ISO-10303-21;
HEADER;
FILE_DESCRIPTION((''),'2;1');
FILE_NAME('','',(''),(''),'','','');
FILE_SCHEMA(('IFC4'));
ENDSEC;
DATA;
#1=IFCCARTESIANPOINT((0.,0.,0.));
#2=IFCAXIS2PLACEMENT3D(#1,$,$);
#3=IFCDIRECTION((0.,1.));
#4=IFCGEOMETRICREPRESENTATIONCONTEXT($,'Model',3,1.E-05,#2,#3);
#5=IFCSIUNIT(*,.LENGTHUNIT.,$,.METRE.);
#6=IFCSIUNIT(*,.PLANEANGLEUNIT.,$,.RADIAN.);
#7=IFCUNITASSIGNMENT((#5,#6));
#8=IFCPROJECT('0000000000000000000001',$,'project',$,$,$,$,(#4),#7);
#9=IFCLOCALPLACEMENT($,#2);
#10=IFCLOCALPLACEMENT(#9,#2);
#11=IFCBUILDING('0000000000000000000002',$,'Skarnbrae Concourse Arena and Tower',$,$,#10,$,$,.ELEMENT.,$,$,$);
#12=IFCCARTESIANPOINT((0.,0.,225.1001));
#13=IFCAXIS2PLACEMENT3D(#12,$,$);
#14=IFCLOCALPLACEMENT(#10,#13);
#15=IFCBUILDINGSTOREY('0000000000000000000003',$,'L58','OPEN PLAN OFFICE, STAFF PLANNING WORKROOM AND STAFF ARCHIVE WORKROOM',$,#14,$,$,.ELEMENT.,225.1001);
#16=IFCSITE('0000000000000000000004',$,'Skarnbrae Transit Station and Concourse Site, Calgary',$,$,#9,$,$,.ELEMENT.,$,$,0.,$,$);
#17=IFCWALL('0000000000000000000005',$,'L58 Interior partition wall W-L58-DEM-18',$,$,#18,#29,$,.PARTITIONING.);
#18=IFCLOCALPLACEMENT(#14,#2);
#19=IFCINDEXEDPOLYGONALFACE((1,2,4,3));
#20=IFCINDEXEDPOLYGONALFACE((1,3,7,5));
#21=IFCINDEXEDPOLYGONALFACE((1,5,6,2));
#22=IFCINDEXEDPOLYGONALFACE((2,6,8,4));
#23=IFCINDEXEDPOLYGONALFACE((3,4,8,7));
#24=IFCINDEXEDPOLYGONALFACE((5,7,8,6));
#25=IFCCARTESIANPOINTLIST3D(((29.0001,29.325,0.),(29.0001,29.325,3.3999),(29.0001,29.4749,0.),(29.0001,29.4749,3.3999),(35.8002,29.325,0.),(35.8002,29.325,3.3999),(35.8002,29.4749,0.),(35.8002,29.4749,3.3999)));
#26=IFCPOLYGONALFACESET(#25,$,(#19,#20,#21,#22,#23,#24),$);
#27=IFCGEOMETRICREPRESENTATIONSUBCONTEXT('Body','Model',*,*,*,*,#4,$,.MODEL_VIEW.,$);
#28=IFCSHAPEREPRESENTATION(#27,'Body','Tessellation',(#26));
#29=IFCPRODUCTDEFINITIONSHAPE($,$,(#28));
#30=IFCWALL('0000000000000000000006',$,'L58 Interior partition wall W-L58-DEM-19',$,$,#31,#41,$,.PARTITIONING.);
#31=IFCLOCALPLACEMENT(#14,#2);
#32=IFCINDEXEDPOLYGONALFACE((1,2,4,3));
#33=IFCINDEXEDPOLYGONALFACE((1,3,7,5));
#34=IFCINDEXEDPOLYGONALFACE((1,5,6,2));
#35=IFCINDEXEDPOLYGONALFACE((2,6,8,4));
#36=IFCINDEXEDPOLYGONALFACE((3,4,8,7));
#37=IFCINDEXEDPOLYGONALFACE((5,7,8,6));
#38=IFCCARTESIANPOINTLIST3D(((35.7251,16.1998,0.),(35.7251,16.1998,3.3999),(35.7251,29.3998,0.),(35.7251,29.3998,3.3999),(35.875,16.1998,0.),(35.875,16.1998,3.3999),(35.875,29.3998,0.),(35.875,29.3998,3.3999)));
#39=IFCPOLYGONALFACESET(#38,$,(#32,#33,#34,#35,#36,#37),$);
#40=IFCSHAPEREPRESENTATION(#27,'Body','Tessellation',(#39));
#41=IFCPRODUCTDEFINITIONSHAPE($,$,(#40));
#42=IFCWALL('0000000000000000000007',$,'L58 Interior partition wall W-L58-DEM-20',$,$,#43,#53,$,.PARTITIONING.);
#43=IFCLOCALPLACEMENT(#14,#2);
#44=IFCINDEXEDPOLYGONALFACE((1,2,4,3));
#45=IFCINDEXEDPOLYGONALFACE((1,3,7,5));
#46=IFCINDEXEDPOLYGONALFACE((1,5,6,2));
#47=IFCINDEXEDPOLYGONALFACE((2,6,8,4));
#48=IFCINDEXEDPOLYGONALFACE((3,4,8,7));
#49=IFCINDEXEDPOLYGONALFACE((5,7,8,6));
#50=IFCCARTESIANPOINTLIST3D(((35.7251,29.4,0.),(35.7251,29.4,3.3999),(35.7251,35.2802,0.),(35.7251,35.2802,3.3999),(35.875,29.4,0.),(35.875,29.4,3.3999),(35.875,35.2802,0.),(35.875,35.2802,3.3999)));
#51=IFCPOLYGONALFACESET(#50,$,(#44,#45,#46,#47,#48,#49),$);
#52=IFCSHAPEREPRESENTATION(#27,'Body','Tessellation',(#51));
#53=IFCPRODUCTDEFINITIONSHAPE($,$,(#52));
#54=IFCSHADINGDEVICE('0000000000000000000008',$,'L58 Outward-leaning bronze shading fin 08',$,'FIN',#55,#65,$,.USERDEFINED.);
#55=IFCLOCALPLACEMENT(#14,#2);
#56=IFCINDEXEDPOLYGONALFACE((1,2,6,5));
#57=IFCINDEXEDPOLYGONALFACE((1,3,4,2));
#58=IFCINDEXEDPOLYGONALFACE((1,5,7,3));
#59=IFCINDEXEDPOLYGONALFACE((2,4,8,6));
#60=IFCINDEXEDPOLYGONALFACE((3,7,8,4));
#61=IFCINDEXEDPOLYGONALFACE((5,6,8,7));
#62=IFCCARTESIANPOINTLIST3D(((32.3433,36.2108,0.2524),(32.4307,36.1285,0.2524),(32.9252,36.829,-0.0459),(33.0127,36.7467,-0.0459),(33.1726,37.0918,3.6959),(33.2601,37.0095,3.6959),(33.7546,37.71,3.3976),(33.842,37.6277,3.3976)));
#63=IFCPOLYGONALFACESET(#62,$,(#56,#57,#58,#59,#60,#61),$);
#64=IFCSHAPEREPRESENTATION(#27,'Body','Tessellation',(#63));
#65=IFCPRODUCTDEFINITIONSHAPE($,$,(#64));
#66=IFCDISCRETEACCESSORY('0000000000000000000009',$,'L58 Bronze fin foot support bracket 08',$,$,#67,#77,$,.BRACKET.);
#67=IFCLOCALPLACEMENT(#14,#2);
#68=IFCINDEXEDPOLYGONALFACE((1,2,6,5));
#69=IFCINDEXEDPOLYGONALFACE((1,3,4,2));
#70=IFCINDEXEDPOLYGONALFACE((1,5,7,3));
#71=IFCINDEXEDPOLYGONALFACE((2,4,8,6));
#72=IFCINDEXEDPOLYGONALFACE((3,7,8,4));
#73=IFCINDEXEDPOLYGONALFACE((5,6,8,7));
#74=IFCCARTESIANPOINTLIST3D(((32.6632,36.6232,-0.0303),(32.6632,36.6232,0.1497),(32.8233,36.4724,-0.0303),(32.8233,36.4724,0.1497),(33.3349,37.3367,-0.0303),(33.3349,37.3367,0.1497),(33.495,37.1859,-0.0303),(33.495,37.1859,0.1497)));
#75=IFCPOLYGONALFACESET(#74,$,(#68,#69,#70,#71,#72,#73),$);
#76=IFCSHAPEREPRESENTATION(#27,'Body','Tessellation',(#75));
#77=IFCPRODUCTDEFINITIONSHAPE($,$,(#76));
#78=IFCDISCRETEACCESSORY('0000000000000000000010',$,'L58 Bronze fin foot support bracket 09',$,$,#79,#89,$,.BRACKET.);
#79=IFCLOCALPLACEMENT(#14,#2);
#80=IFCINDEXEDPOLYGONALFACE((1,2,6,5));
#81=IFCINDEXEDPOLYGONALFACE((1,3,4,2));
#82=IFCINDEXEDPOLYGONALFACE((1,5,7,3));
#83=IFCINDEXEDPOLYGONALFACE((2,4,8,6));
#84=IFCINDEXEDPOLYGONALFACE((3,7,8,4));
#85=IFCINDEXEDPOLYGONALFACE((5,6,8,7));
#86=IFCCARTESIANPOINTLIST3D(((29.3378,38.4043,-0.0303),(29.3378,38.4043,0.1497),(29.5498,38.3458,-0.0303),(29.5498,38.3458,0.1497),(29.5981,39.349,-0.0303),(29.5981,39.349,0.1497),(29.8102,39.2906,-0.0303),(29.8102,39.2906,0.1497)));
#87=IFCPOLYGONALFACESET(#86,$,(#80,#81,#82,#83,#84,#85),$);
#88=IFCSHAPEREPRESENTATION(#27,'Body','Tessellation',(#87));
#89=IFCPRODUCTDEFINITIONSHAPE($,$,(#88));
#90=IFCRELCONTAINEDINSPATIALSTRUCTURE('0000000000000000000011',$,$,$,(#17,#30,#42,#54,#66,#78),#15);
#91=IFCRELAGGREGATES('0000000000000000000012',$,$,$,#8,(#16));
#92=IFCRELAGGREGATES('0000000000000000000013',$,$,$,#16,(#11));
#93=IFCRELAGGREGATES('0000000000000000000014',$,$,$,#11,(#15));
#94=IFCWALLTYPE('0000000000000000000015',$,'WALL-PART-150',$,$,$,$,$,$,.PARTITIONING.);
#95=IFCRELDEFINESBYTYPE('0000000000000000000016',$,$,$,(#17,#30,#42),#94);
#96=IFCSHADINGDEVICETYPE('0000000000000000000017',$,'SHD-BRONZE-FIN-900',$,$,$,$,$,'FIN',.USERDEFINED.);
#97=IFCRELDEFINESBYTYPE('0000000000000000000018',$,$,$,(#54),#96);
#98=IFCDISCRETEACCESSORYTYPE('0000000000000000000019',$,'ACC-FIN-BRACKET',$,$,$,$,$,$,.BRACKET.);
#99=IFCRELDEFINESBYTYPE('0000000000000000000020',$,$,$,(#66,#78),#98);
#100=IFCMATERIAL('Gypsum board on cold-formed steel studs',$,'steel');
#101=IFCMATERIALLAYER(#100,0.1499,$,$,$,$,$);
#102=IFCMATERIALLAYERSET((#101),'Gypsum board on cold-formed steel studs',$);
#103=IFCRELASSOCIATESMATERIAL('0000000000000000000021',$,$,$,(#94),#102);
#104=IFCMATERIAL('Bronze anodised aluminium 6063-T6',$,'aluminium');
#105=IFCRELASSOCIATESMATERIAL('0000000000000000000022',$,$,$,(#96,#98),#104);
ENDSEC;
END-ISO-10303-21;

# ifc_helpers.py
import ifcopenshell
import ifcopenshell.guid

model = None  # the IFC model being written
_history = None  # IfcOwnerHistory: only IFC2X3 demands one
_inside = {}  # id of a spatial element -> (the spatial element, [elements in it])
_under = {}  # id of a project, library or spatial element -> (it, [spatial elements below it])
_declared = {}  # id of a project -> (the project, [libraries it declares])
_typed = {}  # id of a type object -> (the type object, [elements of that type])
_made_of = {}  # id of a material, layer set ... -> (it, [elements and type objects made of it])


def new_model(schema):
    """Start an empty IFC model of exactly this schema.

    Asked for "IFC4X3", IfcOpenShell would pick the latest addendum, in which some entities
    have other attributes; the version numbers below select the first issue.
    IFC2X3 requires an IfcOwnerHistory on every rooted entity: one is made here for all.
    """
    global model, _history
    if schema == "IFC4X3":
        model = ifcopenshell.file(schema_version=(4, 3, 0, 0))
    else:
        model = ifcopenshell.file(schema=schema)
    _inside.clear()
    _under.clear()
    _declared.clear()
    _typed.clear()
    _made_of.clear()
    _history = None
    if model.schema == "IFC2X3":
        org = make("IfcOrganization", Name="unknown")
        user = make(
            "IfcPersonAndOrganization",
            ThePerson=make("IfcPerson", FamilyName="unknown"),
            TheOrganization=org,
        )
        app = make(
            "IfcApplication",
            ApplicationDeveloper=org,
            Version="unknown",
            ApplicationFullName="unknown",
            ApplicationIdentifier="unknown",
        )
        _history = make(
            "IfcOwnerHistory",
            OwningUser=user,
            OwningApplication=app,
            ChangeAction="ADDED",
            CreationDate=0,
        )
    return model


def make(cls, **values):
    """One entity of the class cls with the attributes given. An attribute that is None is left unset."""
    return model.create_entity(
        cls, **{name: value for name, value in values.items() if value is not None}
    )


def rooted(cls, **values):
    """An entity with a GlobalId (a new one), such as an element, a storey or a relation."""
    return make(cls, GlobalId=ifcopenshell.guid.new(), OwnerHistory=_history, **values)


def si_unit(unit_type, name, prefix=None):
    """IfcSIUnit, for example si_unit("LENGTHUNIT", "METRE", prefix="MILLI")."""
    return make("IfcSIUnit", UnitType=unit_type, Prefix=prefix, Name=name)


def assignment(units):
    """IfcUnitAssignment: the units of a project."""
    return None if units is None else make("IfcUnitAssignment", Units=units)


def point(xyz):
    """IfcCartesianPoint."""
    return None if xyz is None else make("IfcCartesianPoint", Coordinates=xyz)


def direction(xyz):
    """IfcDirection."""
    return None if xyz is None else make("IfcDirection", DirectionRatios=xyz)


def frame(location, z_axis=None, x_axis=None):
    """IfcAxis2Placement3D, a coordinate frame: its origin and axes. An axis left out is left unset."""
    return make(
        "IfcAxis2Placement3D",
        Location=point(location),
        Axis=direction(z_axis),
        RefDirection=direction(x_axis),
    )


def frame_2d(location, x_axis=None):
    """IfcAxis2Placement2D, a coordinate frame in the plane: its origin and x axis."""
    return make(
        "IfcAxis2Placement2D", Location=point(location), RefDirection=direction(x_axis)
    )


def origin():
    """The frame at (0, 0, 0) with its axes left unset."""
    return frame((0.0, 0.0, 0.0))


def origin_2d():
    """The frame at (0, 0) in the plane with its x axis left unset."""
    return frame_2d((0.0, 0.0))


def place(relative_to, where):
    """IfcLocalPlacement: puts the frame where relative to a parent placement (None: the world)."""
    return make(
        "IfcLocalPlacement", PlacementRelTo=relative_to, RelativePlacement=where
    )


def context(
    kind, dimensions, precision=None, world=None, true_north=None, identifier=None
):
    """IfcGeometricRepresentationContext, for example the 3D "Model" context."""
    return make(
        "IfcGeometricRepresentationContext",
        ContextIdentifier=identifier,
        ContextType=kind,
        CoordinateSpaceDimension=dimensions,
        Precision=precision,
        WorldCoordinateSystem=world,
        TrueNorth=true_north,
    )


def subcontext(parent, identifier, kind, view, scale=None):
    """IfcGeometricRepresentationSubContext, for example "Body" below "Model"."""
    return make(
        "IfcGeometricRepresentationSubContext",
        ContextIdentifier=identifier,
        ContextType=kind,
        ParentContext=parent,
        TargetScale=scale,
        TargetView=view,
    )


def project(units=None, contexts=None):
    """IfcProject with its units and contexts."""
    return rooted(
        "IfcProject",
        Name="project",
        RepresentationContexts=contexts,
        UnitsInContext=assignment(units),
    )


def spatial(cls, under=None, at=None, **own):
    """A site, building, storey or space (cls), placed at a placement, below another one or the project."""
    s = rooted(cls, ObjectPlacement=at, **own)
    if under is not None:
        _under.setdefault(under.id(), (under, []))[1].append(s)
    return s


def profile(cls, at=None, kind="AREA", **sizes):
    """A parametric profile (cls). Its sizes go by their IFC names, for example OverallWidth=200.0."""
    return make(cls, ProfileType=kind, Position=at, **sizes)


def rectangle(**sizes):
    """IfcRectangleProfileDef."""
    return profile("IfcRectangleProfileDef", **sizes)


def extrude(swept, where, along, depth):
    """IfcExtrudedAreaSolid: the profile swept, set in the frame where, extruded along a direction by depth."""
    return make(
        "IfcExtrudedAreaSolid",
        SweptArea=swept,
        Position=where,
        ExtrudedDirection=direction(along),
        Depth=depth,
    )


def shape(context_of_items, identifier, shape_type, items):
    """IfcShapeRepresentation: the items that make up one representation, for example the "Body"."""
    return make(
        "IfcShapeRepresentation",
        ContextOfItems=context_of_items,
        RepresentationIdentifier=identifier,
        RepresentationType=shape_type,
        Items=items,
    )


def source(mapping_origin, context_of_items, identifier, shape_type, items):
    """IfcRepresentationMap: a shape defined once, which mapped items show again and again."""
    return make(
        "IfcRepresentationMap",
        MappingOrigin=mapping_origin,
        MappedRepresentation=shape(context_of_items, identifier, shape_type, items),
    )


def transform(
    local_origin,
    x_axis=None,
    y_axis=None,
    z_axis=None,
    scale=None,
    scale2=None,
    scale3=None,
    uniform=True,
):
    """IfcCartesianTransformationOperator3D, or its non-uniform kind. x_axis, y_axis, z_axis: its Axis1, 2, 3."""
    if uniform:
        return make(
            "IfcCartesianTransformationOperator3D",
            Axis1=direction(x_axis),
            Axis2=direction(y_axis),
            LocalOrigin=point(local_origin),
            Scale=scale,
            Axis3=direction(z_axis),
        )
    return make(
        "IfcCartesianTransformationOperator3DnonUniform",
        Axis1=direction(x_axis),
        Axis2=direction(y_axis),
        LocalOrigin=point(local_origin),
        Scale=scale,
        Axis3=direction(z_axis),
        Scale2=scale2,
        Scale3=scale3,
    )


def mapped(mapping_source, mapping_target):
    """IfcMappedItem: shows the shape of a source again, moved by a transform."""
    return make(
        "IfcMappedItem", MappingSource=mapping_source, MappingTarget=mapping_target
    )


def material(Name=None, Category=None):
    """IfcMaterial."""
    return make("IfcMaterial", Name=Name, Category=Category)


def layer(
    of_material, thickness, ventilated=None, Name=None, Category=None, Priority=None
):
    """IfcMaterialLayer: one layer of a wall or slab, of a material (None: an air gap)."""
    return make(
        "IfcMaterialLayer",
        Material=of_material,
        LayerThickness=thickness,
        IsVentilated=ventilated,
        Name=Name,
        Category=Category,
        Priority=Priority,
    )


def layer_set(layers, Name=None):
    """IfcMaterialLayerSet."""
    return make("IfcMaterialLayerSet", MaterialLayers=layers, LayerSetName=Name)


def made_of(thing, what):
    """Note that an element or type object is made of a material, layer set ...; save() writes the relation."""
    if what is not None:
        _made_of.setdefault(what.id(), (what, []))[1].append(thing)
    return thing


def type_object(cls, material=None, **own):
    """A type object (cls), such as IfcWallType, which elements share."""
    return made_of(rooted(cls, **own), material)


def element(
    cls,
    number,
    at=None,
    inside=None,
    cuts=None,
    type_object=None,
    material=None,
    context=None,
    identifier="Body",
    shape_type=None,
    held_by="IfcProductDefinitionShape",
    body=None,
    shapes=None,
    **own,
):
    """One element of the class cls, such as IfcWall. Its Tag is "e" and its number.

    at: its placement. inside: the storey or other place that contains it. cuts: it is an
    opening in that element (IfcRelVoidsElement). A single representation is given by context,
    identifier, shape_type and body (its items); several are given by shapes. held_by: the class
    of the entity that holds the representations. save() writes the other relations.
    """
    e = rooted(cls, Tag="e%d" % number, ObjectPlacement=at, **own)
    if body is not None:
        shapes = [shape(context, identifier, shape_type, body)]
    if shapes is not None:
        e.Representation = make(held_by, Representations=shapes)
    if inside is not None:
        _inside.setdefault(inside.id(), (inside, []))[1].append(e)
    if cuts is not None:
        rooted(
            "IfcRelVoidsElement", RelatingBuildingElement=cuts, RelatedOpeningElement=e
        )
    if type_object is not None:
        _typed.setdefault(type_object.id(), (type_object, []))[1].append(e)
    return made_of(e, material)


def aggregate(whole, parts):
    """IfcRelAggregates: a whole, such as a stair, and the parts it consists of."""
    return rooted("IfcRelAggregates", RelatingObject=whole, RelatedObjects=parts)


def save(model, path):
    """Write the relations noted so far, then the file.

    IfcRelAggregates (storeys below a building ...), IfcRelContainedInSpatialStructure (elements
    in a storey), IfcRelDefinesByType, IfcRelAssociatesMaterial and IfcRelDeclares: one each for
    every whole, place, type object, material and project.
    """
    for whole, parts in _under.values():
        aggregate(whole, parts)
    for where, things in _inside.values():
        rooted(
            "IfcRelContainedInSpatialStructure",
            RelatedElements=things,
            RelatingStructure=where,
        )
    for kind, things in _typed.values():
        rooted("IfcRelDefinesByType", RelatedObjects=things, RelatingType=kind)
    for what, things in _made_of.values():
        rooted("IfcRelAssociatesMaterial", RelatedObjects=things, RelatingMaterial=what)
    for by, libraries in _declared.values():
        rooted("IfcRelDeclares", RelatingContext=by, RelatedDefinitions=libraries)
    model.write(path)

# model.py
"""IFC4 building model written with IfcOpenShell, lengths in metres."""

from ifc_helpers import new_model, si_unit, direction, frame, frame_2d, origin, origin_2d, place, context, subcontext, project, spatial, rectangle, extrude, source, transform, mapped, material, layer, layer_set, type_object, element, save


model = new_model("IFC4")

# Units and contexts
model_context = context("Model", 3, precision=1e-05, world=origin(), true_north=direction((0.0, 1.0)))
body_context = subcontext(model_context, "Body", "Model", "MODEL_VIEW")
ifc_project = project(units=[si_unit("LENGTHUNIT", "METRE"), si_unit("PLANEANGLEUNIT", "RADIAN")], contexts=[model_context])

# Site, building, storey
site_placement = place(None, origin())
site = spatial("IfcSite", under=ifc_project, at=site_placement, Name="Skarnbrae Transit Station and Concourse Site, Calgary", CompositionType="ELEMENT", RefElevation=0.0)
building_placement = place(site_placement, origin())
building = spatial("IfcBuilding", under=site, at=building_placement, Name="Skarnbrae Concourse Arena and Tower", CompositionType="ELEMENT")
storey_placement = place(building_placement, frame((0.0, 0.0, 225.1001)))
storey = spatial("IfcBuildingStorey", under=building, at=storey_placement, Name="L58", Description="OPEN PLAN OFFICE, STAFF PLANNING WORKROOM AND STAFF ARCHIVE WORKROOM", CompositionType="ELEMENT", Elevation=225.1001)

# Shared definitions
ifc_material_1 = material(Name="Bronze anodised aluminium 6063-T6", Category="aluminium")

# Walls
ifc_material_2 = material(Name="Gypsum board on cold-formed steel studs", Category="steel")
ifc_layer_1 = layer(ifc_material_2, 0.1499)
ifc_layer_set_1 = layer_set([ifc_layer_1], Name="Gypsum board on cold-formed steel studs")
wall_type_1 = type_object("IfcWallType", Name="WALL-PART-150", PredefinedType="PARTITIONING", material=ifc_layer_set_1)
shared_shape_1 = source(origin(), body_context, "Body", "SweptSolid", [
    extrude(rectangle(XDim=6.8, YDim=0.1499, at=frame_2d((3.3999, 0.0))), origin(), (0.0, 0.0, 1.0), 3.3999),
])
wall_1_placement = place(storey_placement, frame((35.8, 29.3999, 0.0), z_axis=(0.0, 0.0, 1.0), x_axis=(-1.0, 0.0, 0.0)))
element("IfcWall", 1, at=wall_1_placement, inside=storey, type_object=wall_type_1, Name="L58 Interior partition wall W-L58-DEM-18", PredefinedType="PARTITIONING", context=body_context, shape_type="MappedRepresentation", body=[
    mapped(shared_shape_1, transform((0.0, 0.0, 0.0))),
])
shared_shape_2 = source(origin(), body_context, "Body", "SweptSolid", [
    extrude(rectangle(XDim=13.2, YDim=0.1499, at=frame_2d((6.6001, 0.0))), origin(), (0.0, 0.0, 1.0), 3.3999),
])
wall_2_placement = place(storey_placement, frame((35.8, 29.3999, 0.0), z_axis=(0.0, 0.0, 1.0), x_axis=(0.0, -1.0, 0.0)))
element("IfcWall", 2, at=wall_2_placement, inside=storey, type_object=wall_type_1, Name="L58 Interior partition wall W-L58-DEM-19", PredefinedType="PARTITIONING", context=body_context, shape_type="MappedRepresentation", body=[
    mapped(shared_shape_2, transform((0.0, 0.0, 0.0))),
])
shared_shape_3 = source(origin(), body_context, "Body", "SweptSolid", [
    extrude(rectangle(XDim=5.8801, YDim=0.1499, at=frame_2d((2.9399, 0.0))), origin(), (0.0, 0.0, 1.0), 3.3999),
])
wall_3_placement = place(storey_placement, frame((35.8, 35.28, 0.0), z_axis=(0.0, 0.0, 1.0), x_axis=(0.0, -1.0, 0.0)))
element("IfcWall", 3, at=wall_3_placement, inside=storey, type_object=wall_type_1, Name="L58 Interior partition wall W-L58-DEM-20", PredefinedType="PARTITIONING", context=body_context, shape_type="MappedRepresentation", body=[
    mapped(shared_shape_3, transform((0.0, 0.0, 0.0))),
])

# Shading device
shading_device_type = type_object("IfcShadingDeviceType", Name="SHD-BRONZE-FIN-900", ElementType="FIN", PredefinedType="USERDEFINED", material=ifc_material_1)
shared_shape_4 = source(origin(), body_context, "Body", "SweptSolid", [
    extrude(rectangle(XDim=0.1201, YDim=0.8999, at=origin_2d()), origin(), (0.0, 0.0, 1.0), 3.6499),
])
shading_device_placement = place(storey_placement, frame((32.678, 36.4788, 0.1033), z_axis=(0.227224, 0.241378, 0.943454), x_axis=(0.728132, -0.685437, 0.0)))
element("IfcShadingDevice", 4, at=shading_device_placement, inside=storey, type_object=shading_device_type, Name="L58 Outward-leaning bronze shading fin 08", ObjectType="FIN", PredefinedType="USERDEFINED", context=body_context, shape_type="MappedRepresentation", body=[
    mapped(shared_shape_4, transform((0.0, 0.0, 0.0))),
])

# Discrete accessories
discrete_accessory_type = type_object("IfcDiscreteAccessoryType", Name="ACC-FIN-BRACKET", PredefinedType="BRACKET", material=ifc_material_1)
shared_shape_5 = source(origin(), body_context, "Body", "SweptSolid", [
    extrude(rectangle(XDim=0.22, YDim=0.98, at=origin_2d()), origin(), (0.0, 0.0, 1.0), 0.1799),
])
for number, where, z_axis, x_axis, name in (
    (5, (33.0791, 36.9045, -0.0303), (0.0, 0.0, 1.0), (0.728132, -0.685437, 0.0), "L58 Bronze fin foot support bracket 08"),
    (6, (29.574, 38.8474, -0.0303), (0.0, 0.0, 1.0), (0.964058, -0.265691, 0.0), "L58 Bronze fin foot support bracket 09"),
):
    element("IfcDiscreteAccessory", number, at=place(storey_placement, frame(where, z_axis=z_axis, x_axis=x_axis)), inside=storey, type_object=discrete_accessory_type, Name=name, PredefinedType="BRACKET", context=body_context, shape_type="MappedRepresentation", body=[
        mapped(shared_shape_5, transform((0.0, 0.0, 0.0))),
    ])

save(model, "model.ifc")
